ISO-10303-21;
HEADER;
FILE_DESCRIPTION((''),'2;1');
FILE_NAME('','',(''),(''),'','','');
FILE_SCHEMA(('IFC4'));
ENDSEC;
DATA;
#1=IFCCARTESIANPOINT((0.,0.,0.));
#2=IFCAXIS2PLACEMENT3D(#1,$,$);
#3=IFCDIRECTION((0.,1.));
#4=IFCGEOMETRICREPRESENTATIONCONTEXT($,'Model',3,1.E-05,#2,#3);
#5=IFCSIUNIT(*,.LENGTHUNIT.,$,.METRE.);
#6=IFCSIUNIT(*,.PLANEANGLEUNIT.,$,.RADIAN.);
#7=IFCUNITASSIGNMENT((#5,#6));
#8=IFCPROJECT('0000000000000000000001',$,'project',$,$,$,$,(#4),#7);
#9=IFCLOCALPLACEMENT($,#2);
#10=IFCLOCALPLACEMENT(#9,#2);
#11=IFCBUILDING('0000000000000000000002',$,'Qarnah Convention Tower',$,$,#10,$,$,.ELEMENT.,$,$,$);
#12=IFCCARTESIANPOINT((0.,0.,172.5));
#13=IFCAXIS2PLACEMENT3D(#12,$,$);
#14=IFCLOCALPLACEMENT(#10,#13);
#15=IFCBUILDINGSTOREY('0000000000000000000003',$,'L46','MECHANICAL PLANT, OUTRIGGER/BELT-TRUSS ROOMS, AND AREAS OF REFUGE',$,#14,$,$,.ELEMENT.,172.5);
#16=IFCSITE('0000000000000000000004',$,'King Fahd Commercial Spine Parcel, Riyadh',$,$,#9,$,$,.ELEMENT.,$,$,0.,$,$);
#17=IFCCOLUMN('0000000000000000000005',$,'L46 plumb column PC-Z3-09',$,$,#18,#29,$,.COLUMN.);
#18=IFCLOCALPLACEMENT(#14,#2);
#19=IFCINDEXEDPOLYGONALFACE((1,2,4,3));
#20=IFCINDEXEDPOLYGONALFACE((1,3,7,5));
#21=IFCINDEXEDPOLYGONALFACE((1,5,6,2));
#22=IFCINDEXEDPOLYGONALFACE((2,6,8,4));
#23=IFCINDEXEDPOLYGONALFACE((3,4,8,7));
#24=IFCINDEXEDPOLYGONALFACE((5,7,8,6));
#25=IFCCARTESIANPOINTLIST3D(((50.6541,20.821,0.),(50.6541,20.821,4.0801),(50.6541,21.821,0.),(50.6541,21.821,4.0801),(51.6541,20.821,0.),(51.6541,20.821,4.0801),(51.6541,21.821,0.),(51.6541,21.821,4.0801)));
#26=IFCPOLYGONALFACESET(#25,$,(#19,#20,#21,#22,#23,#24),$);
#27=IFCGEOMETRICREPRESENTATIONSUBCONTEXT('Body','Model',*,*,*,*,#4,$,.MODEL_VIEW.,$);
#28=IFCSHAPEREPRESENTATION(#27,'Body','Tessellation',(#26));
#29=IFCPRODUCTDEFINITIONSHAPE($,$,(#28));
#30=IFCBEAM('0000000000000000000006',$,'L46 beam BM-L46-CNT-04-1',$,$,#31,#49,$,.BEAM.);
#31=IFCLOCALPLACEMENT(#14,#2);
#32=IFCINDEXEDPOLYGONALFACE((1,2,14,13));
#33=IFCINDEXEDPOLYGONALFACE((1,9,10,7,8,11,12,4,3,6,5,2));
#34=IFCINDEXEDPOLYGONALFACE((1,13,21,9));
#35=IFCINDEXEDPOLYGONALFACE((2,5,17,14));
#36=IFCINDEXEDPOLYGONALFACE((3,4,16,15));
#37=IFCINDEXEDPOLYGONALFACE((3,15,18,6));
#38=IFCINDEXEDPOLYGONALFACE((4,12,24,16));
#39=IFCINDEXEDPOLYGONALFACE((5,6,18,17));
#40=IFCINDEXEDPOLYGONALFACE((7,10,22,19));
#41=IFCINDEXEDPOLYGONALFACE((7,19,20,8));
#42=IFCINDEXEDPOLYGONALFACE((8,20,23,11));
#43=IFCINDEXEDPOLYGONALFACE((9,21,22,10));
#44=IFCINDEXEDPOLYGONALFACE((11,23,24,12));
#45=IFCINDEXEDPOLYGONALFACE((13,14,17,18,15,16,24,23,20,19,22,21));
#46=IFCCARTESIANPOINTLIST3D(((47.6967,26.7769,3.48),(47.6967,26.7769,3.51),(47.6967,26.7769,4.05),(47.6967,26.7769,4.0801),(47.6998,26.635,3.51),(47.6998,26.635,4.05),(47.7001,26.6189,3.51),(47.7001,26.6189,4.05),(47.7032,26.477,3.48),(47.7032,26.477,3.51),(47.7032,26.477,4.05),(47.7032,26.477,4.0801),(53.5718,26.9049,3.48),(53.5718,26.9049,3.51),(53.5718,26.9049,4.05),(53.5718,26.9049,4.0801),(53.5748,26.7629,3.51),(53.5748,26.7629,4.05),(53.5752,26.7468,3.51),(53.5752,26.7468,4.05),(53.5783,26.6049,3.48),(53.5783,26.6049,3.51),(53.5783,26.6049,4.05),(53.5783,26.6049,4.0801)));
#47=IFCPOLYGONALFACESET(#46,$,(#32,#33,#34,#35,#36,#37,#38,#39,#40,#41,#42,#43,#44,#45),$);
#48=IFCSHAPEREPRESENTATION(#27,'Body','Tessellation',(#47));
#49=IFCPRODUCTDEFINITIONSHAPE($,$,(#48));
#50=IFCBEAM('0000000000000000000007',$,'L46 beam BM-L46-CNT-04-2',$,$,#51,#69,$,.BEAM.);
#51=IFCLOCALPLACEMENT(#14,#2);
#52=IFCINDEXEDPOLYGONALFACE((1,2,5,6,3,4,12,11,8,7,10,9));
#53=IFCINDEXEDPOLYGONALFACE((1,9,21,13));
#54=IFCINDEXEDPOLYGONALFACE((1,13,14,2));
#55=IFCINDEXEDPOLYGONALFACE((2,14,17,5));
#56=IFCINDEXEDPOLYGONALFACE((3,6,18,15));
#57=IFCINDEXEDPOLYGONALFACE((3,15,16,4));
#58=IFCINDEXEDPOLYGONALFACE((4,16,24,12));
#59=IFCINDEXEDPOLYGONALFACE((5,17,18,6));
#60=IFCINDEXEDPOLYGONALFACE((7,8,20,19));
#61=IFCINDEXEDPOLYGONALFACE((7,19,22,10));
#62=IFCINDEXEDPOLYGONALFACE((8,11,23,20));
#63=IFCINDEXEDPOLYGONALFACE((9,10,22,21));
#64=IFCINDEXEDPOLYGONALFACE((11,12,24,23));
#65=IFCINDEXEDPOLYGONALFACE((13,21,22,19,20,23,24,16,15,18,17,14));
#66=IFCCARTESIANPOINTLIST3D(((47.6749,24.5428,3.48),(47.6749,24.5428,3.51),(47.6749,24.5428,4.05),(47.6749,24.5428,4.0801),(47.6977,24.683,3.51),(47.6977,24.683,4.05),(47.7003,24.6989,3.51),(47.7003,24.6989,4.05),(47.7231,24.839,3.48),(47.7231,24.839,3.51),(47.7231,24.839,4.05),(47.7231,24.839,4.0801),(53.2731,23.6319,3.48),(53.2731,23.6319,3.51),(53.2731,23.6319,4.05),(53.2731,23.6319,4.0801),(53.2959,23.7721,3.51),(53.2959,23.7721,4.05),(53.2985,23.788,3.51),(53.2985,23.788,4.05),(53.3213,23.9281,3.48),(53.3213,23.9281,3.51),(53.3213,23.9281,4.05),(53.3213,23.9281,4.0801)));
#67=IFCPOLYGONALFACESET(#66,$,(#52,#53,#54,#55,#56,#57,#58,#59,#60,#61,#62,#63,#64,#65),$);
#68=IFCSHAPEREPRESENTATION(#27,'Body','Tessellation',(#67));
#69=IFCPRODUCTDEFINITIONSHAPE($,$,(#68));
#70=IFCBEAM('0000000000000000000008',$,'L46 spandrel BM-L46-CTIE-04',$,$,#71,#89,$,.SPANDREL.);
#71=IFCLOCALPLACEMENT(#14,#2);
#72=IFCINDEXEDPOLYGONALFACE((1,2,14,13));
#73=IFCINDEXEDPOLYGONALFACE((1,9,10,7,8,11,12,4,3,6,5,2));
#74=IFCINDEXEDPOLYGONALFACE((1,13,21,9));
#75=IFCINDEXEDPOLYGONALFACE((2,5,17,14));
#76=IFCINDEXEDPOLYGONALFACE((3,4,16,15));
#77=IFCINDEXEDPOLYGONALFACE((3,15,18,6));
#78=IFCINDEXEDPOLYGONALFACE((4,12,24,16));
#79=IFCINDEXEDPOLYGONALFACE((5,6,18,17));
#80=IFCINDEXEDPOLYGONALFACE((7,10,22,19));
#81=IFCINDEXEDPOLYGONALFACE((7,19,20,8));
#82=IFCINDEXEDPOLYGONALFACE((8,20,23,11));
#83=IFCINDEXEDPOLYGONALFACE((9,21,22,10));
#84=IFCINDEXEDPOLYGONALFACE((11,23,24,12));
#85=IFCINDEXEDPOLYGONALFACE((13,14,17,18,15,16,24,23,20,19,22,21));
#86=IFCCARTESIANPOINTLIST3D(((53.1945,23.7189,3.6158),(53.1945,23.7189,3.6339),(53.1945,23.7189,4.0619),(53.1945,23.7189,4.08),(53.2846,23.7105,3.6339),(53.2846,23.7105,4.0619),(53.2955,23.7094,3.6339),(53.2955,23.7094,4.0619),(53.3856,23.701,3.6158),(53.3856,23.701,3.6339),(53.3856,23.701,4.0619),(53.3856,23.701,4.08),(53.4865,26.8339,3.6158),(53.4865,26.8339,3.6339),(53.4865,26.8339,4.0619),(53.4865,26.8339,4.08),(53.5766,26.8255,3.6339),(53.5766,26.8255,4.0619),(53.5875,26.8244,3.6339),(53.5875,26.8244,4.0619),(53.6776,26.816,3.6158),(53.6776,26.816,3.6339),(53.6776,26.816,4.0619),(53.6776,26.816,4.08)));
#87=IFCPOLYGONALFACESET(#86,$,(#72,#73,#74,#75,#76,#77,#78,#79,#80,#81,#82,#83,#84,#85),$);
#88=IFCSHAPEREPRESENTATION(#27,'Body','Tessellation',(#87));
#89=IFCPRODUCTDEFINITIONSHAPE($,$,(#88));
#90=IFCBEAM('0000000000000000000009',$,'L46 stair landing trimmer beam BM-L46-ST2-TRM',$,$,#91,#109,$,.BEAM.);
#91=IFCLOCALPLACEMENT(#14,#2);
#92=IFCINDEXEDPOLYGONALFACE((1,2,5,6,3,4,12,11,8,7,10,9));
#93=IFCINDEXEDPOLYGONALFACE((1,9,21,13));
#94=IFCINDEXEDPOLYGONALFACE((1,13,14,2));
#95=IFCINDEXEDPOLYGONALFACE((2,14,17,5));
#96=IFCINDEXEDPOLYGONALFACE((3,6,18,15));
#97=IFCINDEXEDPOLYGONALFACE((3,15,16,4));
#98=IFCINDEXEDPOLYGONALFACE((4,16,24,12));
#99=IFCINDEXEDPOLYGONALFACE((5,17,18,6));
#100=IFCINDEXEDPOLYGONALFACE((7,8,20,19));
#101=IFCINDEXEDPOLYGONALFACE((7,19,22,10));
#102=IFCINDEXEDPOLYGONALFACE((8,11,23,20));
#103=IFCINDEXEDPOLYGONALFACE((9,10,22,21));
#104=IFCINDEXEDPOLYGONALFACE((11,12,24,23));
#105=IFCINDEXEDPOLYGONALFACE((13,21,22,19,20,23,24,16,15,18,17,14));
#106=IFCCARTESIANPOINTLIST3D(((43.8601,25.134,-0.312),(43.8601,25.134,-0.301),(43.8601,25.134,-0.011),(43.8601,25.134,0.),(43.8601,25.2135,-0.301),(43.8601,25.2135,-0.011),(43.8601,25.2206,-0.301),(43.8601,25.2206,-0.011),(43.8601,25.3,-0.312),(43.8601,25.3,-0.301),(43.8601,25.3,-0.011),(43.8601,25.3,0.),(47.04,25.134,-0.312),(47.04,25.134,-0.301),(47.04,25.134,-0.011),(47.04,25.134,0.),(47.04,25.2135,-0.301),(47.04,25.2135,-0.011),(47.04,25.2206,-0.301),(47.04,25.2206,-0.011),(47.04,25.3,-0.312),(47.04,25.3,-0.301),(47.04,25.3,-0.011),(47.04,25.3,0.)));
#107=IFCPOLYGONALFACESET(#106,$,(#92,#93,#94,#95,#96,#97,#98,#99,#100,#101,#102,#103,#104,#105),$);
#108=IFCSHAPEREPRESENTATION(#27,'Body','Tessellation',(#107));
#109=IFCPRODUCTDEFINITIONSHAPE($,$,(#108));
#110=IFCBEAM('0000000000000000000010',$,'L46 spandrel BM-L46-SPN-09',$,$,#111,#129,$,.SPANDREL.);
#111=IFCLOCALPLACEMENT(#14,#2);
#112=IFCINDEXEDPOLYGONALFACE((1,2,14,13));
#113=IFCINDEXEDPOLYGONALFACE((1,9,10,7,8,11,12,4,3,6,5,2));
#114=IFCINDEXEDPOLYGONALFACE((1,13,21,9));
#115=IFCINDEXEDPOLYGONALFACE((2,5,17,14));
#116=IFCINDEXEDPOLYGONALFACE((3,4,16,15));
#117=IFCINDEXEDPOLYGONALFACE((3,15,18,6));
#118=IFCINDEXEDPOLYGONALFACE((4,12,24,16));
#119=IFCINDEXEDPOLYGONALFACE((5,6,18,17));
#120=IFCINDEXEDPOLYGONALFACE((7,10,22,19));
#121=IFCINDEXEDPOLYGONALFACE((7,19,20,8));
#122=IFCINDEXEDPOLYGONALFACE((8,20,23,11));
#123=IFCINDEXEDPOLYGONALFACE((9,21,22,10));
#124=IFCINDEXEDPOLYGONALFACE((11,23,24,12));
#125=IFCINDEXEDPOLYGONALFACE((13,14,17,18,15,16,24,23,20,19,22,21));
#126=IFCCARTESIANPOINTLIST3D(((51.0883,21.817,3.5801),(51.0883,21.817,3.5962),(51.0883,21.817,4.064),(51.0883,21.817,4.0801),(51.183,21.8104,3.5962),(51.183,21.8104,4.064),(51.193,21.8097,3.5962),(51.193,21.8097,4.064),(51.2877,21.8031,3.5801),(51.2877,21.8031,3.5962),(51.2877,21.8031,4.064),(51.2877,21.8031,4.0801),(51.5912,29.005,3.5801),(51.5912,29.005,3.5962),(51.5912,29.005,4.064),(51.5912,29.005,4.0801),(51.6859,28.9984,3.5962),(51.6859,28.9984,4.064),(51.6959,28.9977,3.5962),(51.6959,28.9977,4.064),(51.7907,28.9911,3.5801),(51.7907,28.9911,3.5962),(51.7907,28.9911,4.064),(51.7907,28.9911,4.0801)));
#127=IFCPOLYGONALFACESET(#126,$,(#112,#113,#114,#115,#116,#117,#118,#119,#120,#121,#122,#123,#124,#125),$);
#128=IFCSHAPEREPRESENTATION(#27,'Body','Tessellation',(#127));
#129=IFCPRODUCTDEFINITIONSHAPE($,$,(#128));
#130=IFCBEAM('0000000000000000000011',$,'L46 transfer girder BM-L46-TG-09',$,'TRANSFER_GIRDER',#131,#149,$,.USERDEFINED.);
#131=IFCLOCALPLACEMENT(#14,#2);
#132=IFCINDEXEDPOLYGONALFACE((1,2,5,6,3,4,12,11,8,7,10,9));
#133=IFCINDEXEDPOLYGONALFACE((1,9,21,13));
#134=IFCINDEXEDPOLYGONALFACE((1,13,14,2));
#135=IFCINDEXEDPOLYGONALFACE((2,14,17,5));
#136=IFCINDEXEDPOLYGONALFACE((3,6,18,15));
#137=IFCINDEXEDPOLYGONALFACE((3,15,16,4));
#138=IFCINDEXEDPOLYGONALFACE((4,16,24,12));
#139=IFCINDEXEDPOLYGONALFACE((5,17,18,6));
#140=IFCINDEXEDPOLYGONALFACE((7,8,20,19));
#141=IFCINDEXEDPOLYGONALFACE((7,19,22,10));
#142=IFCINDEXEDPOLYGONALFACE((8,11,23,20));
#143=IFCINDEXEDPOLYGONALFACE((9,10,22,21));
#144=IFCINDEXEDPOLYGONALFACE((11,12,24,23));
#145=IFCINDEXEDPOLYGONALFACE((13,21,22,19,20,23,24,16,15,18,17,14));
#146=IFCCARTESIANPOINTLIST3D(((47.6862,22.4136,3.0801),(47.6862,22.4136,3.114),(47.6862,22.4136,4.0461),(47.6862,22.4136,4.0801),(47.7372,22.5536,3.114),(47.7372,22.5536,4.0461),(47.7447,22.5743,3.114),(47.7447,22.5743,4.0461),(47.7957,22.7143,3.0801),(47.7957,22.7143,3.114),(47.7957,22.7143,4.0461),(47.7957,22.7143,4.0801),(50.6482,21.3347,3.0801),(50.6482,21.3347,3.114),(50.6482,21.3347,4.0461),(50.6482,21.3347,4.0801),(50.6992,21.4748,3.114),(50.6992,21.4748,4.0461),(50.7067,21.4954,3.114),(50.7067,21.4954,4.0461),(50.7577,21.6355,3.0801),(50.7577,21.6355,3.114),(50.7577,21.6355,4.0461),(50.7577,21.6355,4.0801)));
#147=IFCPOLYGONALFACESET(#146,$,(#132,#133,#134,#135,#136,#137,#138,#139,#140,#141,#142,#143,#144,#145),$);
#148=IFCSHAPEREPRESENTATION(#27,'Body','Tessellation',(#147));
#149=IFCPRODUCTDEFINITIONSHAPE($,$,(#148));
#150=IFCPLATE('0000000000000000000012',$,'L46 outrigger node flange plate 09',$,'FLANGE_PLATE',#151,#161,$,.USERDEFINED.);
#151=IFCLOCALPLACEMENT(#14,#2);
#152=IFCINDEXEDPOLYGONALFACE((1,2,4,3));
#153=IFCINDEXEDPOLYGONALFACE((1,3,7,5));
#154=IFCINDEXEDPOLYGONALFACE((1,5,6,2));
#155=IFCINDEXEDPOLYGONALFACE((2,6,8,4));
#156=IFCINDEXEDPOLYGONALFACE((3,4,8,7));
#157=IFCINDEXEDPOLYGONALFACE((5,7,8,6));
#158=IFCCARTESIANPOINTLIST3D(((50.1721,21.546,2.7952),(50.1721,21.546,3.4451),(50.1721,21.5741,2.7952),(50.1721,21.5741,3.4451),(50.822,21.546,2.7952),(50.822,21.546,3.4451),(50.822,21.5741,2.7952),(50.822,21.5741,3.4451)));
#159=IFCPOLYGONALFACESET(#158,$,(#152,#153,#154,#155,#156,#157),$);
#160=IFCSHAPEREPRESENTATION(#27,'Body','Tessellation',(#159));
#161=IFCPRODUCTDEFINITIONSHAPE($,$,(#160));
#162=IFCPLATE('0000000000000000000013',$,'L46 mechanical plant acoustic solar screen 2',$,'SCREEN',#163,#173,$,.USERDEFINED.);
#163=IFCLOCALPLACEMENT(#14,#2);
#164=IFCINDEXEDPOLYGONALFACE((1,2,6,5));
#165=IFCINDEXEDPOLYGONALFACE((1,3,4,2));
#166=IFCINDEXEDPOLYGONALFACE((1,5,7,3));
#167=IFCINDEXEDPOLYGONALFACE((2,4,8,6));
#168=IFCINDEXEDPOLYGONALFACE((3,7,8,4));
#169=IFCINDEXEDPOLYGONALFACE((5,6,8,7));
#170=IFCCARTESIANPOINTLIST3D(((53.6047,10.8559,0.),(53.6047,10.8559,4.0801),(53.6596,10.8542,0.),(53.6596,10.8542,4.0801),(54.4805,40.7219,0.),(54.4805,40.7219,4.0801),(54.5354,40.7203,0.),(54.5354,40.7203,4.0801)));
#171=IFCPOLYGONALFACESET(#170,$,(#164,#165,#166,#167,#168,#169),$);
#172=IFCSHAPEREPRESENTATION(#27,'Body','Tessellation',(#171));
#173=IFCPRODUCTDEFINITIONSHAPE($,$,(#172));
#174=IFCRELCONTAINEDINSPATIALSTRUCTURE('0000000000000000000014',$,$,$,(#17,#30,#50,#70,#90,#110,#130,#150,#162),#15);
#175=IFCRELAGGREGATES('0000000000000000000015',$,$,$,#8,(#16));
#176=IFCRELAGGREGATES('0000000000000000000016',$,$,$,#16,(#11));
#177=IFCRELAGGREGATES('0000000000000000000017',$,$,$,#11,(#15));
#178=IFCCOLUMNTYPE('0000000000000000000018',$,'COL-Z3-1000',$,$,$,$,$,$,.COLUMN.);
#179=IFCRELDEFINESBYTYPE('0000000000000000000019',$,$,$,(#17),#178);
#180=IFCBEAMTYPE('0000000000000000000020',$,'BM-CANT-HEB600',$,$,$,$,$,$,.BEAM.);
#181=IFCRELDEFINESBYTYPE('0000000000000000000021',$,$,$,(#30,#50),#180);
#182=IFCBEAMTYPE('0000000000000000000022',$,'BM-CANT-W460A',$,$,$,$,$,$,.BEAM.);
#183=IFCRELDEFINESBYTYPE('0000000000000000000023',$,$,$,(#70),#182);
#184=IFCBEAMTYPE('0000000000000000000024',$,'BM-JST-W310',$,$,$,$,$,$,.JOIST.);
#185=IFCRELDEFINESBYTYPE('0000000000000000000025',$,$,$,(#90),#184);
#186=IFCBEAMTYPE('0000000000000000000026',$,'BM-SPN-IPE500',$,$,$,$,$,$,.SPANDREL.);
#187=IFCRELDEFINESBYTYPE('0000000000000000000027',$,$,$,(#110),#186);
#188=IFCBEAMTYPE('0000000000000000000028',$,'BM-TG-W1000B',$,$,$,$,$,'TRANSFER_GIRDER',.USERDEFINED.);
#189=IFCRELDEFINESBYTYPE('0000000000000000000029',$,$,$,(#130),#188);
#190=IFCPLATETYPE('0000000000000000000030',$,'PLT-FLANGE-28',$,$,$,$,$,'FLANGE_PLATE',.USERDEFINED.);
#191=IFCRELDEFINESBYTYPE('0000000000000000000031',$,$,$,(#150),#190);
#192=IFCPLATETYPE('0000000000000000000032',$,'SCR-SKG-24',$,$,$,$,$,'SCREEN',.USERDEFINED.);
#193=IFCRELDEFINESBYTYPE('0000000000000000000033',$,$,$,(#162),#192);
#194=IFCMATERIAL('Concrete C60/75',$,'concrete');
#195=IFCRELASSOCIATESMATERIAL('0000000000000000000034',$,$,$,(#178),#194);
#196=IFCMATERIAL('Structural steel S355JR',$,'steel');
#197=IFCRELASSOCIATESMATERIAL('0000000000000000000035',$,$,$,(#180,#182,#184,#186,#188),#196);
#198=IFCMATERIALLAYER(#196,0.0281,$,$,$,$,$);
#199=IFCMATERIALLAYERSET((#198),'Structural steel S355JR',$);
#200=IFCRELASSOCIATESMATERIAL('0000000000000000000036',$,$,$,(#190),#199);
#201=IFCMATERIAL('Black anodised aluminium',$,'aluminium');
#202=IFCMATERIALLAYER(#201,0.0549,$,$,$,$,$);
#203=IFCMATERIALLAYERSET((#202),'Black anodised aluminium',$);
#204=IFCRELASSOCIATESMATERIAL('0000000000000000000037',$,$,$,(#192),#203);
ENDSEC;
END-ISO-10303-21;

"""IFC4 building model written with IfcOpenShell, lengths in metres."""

from ifc_helpers import new_model, si_unit, direction, frame, origin, origin_2d, place, context, subcontext, project, spatial, rectangle, i_section, extrude, material, layer, layer_set, material_profile, profile_set, type_object, element, save


model = new_model("IFC4")

# Units and contexts
model_context = context("Model", 3, precision=1e-05, world=origin(), true_north=direction((0.0, 1.0)))
body_context = subcontext(model_context, "Body", "Model", "MODEL_VIEW")
ifc_project = project(units=[si_unit("LENGTHUNIT", "METRE"), si_unit("PLANEANGLEUNIT", "RADIAN")], contexts=[model_context])

# Site, building, storey
site_placement = place(None, origin())
site = spatial("IfcSite", under=ifc_project, at=site_placement, Name="King Fahd Commercial Spine Parcel, Riyadh", CompositionType="ELEMENT", RefElevation=0.0)
building_placement = place(site_placement, origin())
building = spatial("IfcBuilding", under=site, at=building_placement, Name="Qarnah Convention Tower", CompositionType="ELEMENT")
storey_placement = place(building_placement, frame((0.0, 0.0, 172.5)))
storey = spatial("IfcBuildingStorey", under=building, at=storey_placement, Name="L46", Description="MECHANICAL PLANT, OUTRIGGER/BELT-TRUSS ROOMS, AND AREAS OF REFUGE", CompositionType="ELEMENT", Elevation=172.5)

# Column
ifc_material_1 = material(Name="Concrete C60/75", Category="concrete")
ifc_material_profile_1 = material_profile(ifc_material_1, rectangle(XDim=1.0, YDim=1.0, at=origin_2d()), Name="RC-COL-1000X1000")
ifc_profile_set_1 = profile_set([ifc_material_profile_1], Name="Concrete C60/75")
column_type = type_object("IfcColumnType", Name="COL-Z3-1000", PredefinedType="COLUMN", material=ifc_profile_set_1)
column_placement = place(storey_placement, frame((51.1541, 21.321, 0.0), z_axis=(0.0, 0.0, 1.0), x_axis=(1.0, 0.0, 0.0)))
element("IfcColumn", 1, at=column_placement, inside=storey, type_object=column_type, Name="L46 plumb column PC-Z3-09", PredefinedType="COLUMN", context=body_context, shape_type="SweptSolid", body=[
    extrude(rectangle(XDim=1.0, YDim=1.0, at=origin_2d()), origin(), (0.0, 0.0, 1.0), 4.0801),
])

# Beams
ifc_material_2 = material(Name="Structural steel S355JR", Category="steel")
ifc_material_profile_2 = material_profile(ifc_material_2, i_section(OverallWidth=0.3, OverallDepth=0.6001, WebThickness=0.0161, FlangeThickness=0.03, at=origin_2d()), Name="HEB600")
ifc_profile_set_2 = profile_set([ifc_material_profile_2], Name="Structural steel S355JR")
beam_type_1 = type_object("IfcBeamType", Name="BM-CANT-HEB600", PredefinedType="BEAM", material=ifc_profile_set_2)
beam_1_placement = place(storey_placement, frame((47.7, 26.627, 3.78), z_axis=(0.999763, 0.02177, 0.0), x_axis=(-0.02177, 0.999763, 0.0)))
element("IfcBeam", 2, at=beam_1_placement, inside=storey, type_object=beam_type_1, Name="L46 beam BM-L46-CNT-04-1", PredefinedType="BEAM", context=body_context, shape_type="SweptSolid", body=[
    extrude(i_section(OverallWidth=0.3, OverallDepth=0.6001, WebThickness=0.0161, FlangeThickness=0.03, at=origin_2d()), origin(), (0.0, 0.0, 1.0), 5.8765),
])
beam_2_placement = place(storey_placement, frame((47.699, 24.6909, 3.78), z_axis=(0.987019, -0.160601, 0.0), x_axis=(0.160601, 0.987019, 0.0)))
element("IfcBeam", 3, at=beam_2_placement, inside=storey, type_object=beam_type_1, Name="L46 beam BM-L46-CNT-04-2", PredefinedType="BEAM", context=body_context, shape_type="SweptSolid", body=[
    extrude(i_section(OverallWidth=0.3, OverallDepth=0.6001, WebThickness=0.0161, FlangeThickness=0.03, at=origin_2d()), origin(), (0.0, 0.0, 1.0), 5.6719),
])
ifc_material_profile_3 = material_profile(ifc_material_2, i_section(OverallWidth=0.1919, OverallDepth=0.4641, WebThickness=0.011, FlangeThickness=0.0181, at=origin_2d()), Name="W460X89")
ifc_profile_set_3 = profile_set([ifc_material_profile_3], Name="Structural steel S355JR")
beam_type_2 = type_object("IfcBeamType", Name="BM-CANT-W460A", PredefinedType="BEAM", material=ifc_profile_set_3)
beam_3_placement = place(storey_placement, frame((53.582, 26.825, 3.8479), z_axis=(-0.093329, -0.995635, 0.0), x_axis=(0.995635, -0.093329, 0.0)))
element("IfcBeam", 4, at=beam_3_placement, inside=storey, type_object=beam_type_2, Name="L46 spandrel BM-L46-CTIE-04", PredefinedType="SPANDREL", context=body_context, shape_type="SweptSolid", body=[
    extrude(i_section(OverallWidth=0.1919, OverallDepth=0.4641, WebThickness=0.011, FlangeThickness=0.0181, at=origin_2d()), origin(), (0.0, 0.0, 1.0), 3.1287),
])
ifc_material_profile_4 = material_profile(ifc_material_2, i_section(OverallWidth=0.166, OverallDepth=0.312, WebThickness=0.0071, FlangeThickness=0.011, at=origin_2d()), Name="W310X45")
ifc_profile_set_4 = profile_set([ifc_material_profile_4], Name="Structural steel S355JR")
beam_type_3 = type_object("IfcBeamType", Name="BM-JST-W310", PredefinedType="JOIST", material=ifc_profile_set_4)
beam_4_placement = place(storey_placement, frame((43.8601, 25.217, -0.156), z_axis=(1.0, 0.0, 0.0), x_axis=(0.0, 1.0, 0.0)))
element("IfcBeam", 5, at=beam_4_placement, inside=storey, type_object=beam_type_3, Name="L46 stair landing trimmer beam BM-L46-ST2-TRM", PredefinedType="BEAM", context=body_context, shape_type="SweptSolid", body=[
    extrude(i_section(OverallWidth=0.166, OverallDepth=0.312, WebThickness=0.0071, FlangeThickness=0.011, at=origin_2d()), origin(), (0.0, 0.0, 1.0), 3.1799),
])
ifc_material_profile_5 = material_profile(ifc_material_2, i_section(OverallWidth=0.2, OverallDepth=0.5, WebThickness=0.01, FlangeThickness=0.0161, at=origin_2d()), Name="IPE500")
ifc_profile_set_5 = profile_set([ifc_material_profile_5], Name="Structural steel S355JR")
beam_type_4 = type_object("IfcBeamType", Name="BM-SPN-IPE500", PredefinedType="SPANDREL", material=ifc_profile_set_5)
beam_5_placement = place(storey_placement, frame((51.188, 21.8101, 3.8301), z_axis=(0.069797, 0.997561, 0.0), x_axis=(-0.997561, 0.069797, 0.0)))
element("IfcBeam", 6, at=beam_5_placement, inside=storey, type_object=beam_type_4, Name="L46 spandrel BM-L46-SPN-09", PredefinedType="SPANDREL", context=body_context, shape_type="SweptSolid", body=[
    extrude(i_section(OverallWidth=0.2, OverallDepth=0.5, WebThickness=0.01, FlangeThickness=0.0161, at=origin_2d()), origin(), (0.0, 0.0, 1.0), 7.2056),
])
ifc_material_profile_6 = material_profile(ifc_material_2, i_section(OverallWidth=0.3201, OverallDepth=1.0, WebThickness=0.022, FlangeThickness=0.0339, at=origin_2d()), Name="W1000X371")
ifc_profile_set_6 = profile_set([ifc_material_profile_6], Name="Structural steel S355JR")
beam_type_5 = type_object("IfcBeamType", Name="BM-TG-W1000B", ElementType="TRANSFER_GIRDER", PredefinedType="USERDEFINED", material=ifc_profile_set_6)
beam_6_placement = place(storey_placement, frame((47.741, 22.564, 3.5801), z_axis=(0.93961, -0.342247, 0.0), x_axis=(0.342247, 0.93961, 0.0)))
element("IfcBeam", 7, at=beam_6_placement, inside=storey, type_object=beam_type_5, Name="L46 transfer girder BM-L46-TG-09", ObjectType="TRANSFER_GIRDER", PredefinedType="USERDEFINED", context=body_context, shape_type="SweptSolid", body=[
    extrude(i_section(OverallWidth=0.3201, OverallDepth=1.0, WebThickness=0.022, FlangeThickness=0.0339, at=origin_2d()), origin(), (0.0, 0.0, 1.0), 3.1523),
])

# Plates
ifc_layer_1 = layer(ifc_material_2, 0.0281)
ifc_layer_set_1 = layer_set([ifc_layer_1], Name="Structural steel S355JR")
plate_type_1 = type_object("IfcPlateType", Name="PLT-FLANGE-28", ElementType="FLANGE_PLATE", PredefinedType="USERDEFINED", material=ifc_layer_set_1)
plate_1_placement = place(storey_placement, frame((50.4971, 21.5601, 2.7952), z_axis=(0.0, 0.0, 1.0), x_axis=(1.0, 0.0, 0.0)))
element("IfcPlate", 8, at=plate_1_placement, inside=storey, type_object=plate_type_1, Name="L46 outrigger node flange plate 09", ObjectType="FLANGE_PLATE", PredefinedType="USERDEFINED", context=body_context, shape_type="SweptSolid", body=[
    extrude(rectangle(XDim=0.6499, YDim=0.0281, at=origin_2d()), origin(), (0.0, 0.0, 1.0), 0.6499),
])
ifc_material_3 = material(Name="Black anodised aluminium", Category="aluminium")
ifc_layer_2 = layer(ifc_material_3, 0.0549)
ifc_layer_set_2 = layer_set([ifc_layer_2], Name="Black anodised aluminium")
plate_type_2 = type_object("IfcPlateType", Name="SCR-SKG-24", ElementType="SCREEN", PredefinedType="USERDEFINED", material=ifc_layer_set_2)
plate_2_placement = place(storey_placement, frame((54.0701, 25.7881, 0.0), z_axis=(0.0, 0.0, 1.0), x_axis=(-0.029312, -0.99957, 0.0)))
element("IfcPlate", 9, at=plate_2_placement, inside=storey, type_object=plate_type_2, Name="L46 mechanical plant acoustic solar screen 2", ObjectType="SCREEN", PredefinedType="USERDEFINED", context=body_context, shape_type="SweptSolid", body=[
    extrude(rectangle(XDim=29.8789, YDim=0.0549, at=origin_2d()), origin(), (0.0, 0.0, 1.0), 4.0801),
])

save(model, "model.ifc")
